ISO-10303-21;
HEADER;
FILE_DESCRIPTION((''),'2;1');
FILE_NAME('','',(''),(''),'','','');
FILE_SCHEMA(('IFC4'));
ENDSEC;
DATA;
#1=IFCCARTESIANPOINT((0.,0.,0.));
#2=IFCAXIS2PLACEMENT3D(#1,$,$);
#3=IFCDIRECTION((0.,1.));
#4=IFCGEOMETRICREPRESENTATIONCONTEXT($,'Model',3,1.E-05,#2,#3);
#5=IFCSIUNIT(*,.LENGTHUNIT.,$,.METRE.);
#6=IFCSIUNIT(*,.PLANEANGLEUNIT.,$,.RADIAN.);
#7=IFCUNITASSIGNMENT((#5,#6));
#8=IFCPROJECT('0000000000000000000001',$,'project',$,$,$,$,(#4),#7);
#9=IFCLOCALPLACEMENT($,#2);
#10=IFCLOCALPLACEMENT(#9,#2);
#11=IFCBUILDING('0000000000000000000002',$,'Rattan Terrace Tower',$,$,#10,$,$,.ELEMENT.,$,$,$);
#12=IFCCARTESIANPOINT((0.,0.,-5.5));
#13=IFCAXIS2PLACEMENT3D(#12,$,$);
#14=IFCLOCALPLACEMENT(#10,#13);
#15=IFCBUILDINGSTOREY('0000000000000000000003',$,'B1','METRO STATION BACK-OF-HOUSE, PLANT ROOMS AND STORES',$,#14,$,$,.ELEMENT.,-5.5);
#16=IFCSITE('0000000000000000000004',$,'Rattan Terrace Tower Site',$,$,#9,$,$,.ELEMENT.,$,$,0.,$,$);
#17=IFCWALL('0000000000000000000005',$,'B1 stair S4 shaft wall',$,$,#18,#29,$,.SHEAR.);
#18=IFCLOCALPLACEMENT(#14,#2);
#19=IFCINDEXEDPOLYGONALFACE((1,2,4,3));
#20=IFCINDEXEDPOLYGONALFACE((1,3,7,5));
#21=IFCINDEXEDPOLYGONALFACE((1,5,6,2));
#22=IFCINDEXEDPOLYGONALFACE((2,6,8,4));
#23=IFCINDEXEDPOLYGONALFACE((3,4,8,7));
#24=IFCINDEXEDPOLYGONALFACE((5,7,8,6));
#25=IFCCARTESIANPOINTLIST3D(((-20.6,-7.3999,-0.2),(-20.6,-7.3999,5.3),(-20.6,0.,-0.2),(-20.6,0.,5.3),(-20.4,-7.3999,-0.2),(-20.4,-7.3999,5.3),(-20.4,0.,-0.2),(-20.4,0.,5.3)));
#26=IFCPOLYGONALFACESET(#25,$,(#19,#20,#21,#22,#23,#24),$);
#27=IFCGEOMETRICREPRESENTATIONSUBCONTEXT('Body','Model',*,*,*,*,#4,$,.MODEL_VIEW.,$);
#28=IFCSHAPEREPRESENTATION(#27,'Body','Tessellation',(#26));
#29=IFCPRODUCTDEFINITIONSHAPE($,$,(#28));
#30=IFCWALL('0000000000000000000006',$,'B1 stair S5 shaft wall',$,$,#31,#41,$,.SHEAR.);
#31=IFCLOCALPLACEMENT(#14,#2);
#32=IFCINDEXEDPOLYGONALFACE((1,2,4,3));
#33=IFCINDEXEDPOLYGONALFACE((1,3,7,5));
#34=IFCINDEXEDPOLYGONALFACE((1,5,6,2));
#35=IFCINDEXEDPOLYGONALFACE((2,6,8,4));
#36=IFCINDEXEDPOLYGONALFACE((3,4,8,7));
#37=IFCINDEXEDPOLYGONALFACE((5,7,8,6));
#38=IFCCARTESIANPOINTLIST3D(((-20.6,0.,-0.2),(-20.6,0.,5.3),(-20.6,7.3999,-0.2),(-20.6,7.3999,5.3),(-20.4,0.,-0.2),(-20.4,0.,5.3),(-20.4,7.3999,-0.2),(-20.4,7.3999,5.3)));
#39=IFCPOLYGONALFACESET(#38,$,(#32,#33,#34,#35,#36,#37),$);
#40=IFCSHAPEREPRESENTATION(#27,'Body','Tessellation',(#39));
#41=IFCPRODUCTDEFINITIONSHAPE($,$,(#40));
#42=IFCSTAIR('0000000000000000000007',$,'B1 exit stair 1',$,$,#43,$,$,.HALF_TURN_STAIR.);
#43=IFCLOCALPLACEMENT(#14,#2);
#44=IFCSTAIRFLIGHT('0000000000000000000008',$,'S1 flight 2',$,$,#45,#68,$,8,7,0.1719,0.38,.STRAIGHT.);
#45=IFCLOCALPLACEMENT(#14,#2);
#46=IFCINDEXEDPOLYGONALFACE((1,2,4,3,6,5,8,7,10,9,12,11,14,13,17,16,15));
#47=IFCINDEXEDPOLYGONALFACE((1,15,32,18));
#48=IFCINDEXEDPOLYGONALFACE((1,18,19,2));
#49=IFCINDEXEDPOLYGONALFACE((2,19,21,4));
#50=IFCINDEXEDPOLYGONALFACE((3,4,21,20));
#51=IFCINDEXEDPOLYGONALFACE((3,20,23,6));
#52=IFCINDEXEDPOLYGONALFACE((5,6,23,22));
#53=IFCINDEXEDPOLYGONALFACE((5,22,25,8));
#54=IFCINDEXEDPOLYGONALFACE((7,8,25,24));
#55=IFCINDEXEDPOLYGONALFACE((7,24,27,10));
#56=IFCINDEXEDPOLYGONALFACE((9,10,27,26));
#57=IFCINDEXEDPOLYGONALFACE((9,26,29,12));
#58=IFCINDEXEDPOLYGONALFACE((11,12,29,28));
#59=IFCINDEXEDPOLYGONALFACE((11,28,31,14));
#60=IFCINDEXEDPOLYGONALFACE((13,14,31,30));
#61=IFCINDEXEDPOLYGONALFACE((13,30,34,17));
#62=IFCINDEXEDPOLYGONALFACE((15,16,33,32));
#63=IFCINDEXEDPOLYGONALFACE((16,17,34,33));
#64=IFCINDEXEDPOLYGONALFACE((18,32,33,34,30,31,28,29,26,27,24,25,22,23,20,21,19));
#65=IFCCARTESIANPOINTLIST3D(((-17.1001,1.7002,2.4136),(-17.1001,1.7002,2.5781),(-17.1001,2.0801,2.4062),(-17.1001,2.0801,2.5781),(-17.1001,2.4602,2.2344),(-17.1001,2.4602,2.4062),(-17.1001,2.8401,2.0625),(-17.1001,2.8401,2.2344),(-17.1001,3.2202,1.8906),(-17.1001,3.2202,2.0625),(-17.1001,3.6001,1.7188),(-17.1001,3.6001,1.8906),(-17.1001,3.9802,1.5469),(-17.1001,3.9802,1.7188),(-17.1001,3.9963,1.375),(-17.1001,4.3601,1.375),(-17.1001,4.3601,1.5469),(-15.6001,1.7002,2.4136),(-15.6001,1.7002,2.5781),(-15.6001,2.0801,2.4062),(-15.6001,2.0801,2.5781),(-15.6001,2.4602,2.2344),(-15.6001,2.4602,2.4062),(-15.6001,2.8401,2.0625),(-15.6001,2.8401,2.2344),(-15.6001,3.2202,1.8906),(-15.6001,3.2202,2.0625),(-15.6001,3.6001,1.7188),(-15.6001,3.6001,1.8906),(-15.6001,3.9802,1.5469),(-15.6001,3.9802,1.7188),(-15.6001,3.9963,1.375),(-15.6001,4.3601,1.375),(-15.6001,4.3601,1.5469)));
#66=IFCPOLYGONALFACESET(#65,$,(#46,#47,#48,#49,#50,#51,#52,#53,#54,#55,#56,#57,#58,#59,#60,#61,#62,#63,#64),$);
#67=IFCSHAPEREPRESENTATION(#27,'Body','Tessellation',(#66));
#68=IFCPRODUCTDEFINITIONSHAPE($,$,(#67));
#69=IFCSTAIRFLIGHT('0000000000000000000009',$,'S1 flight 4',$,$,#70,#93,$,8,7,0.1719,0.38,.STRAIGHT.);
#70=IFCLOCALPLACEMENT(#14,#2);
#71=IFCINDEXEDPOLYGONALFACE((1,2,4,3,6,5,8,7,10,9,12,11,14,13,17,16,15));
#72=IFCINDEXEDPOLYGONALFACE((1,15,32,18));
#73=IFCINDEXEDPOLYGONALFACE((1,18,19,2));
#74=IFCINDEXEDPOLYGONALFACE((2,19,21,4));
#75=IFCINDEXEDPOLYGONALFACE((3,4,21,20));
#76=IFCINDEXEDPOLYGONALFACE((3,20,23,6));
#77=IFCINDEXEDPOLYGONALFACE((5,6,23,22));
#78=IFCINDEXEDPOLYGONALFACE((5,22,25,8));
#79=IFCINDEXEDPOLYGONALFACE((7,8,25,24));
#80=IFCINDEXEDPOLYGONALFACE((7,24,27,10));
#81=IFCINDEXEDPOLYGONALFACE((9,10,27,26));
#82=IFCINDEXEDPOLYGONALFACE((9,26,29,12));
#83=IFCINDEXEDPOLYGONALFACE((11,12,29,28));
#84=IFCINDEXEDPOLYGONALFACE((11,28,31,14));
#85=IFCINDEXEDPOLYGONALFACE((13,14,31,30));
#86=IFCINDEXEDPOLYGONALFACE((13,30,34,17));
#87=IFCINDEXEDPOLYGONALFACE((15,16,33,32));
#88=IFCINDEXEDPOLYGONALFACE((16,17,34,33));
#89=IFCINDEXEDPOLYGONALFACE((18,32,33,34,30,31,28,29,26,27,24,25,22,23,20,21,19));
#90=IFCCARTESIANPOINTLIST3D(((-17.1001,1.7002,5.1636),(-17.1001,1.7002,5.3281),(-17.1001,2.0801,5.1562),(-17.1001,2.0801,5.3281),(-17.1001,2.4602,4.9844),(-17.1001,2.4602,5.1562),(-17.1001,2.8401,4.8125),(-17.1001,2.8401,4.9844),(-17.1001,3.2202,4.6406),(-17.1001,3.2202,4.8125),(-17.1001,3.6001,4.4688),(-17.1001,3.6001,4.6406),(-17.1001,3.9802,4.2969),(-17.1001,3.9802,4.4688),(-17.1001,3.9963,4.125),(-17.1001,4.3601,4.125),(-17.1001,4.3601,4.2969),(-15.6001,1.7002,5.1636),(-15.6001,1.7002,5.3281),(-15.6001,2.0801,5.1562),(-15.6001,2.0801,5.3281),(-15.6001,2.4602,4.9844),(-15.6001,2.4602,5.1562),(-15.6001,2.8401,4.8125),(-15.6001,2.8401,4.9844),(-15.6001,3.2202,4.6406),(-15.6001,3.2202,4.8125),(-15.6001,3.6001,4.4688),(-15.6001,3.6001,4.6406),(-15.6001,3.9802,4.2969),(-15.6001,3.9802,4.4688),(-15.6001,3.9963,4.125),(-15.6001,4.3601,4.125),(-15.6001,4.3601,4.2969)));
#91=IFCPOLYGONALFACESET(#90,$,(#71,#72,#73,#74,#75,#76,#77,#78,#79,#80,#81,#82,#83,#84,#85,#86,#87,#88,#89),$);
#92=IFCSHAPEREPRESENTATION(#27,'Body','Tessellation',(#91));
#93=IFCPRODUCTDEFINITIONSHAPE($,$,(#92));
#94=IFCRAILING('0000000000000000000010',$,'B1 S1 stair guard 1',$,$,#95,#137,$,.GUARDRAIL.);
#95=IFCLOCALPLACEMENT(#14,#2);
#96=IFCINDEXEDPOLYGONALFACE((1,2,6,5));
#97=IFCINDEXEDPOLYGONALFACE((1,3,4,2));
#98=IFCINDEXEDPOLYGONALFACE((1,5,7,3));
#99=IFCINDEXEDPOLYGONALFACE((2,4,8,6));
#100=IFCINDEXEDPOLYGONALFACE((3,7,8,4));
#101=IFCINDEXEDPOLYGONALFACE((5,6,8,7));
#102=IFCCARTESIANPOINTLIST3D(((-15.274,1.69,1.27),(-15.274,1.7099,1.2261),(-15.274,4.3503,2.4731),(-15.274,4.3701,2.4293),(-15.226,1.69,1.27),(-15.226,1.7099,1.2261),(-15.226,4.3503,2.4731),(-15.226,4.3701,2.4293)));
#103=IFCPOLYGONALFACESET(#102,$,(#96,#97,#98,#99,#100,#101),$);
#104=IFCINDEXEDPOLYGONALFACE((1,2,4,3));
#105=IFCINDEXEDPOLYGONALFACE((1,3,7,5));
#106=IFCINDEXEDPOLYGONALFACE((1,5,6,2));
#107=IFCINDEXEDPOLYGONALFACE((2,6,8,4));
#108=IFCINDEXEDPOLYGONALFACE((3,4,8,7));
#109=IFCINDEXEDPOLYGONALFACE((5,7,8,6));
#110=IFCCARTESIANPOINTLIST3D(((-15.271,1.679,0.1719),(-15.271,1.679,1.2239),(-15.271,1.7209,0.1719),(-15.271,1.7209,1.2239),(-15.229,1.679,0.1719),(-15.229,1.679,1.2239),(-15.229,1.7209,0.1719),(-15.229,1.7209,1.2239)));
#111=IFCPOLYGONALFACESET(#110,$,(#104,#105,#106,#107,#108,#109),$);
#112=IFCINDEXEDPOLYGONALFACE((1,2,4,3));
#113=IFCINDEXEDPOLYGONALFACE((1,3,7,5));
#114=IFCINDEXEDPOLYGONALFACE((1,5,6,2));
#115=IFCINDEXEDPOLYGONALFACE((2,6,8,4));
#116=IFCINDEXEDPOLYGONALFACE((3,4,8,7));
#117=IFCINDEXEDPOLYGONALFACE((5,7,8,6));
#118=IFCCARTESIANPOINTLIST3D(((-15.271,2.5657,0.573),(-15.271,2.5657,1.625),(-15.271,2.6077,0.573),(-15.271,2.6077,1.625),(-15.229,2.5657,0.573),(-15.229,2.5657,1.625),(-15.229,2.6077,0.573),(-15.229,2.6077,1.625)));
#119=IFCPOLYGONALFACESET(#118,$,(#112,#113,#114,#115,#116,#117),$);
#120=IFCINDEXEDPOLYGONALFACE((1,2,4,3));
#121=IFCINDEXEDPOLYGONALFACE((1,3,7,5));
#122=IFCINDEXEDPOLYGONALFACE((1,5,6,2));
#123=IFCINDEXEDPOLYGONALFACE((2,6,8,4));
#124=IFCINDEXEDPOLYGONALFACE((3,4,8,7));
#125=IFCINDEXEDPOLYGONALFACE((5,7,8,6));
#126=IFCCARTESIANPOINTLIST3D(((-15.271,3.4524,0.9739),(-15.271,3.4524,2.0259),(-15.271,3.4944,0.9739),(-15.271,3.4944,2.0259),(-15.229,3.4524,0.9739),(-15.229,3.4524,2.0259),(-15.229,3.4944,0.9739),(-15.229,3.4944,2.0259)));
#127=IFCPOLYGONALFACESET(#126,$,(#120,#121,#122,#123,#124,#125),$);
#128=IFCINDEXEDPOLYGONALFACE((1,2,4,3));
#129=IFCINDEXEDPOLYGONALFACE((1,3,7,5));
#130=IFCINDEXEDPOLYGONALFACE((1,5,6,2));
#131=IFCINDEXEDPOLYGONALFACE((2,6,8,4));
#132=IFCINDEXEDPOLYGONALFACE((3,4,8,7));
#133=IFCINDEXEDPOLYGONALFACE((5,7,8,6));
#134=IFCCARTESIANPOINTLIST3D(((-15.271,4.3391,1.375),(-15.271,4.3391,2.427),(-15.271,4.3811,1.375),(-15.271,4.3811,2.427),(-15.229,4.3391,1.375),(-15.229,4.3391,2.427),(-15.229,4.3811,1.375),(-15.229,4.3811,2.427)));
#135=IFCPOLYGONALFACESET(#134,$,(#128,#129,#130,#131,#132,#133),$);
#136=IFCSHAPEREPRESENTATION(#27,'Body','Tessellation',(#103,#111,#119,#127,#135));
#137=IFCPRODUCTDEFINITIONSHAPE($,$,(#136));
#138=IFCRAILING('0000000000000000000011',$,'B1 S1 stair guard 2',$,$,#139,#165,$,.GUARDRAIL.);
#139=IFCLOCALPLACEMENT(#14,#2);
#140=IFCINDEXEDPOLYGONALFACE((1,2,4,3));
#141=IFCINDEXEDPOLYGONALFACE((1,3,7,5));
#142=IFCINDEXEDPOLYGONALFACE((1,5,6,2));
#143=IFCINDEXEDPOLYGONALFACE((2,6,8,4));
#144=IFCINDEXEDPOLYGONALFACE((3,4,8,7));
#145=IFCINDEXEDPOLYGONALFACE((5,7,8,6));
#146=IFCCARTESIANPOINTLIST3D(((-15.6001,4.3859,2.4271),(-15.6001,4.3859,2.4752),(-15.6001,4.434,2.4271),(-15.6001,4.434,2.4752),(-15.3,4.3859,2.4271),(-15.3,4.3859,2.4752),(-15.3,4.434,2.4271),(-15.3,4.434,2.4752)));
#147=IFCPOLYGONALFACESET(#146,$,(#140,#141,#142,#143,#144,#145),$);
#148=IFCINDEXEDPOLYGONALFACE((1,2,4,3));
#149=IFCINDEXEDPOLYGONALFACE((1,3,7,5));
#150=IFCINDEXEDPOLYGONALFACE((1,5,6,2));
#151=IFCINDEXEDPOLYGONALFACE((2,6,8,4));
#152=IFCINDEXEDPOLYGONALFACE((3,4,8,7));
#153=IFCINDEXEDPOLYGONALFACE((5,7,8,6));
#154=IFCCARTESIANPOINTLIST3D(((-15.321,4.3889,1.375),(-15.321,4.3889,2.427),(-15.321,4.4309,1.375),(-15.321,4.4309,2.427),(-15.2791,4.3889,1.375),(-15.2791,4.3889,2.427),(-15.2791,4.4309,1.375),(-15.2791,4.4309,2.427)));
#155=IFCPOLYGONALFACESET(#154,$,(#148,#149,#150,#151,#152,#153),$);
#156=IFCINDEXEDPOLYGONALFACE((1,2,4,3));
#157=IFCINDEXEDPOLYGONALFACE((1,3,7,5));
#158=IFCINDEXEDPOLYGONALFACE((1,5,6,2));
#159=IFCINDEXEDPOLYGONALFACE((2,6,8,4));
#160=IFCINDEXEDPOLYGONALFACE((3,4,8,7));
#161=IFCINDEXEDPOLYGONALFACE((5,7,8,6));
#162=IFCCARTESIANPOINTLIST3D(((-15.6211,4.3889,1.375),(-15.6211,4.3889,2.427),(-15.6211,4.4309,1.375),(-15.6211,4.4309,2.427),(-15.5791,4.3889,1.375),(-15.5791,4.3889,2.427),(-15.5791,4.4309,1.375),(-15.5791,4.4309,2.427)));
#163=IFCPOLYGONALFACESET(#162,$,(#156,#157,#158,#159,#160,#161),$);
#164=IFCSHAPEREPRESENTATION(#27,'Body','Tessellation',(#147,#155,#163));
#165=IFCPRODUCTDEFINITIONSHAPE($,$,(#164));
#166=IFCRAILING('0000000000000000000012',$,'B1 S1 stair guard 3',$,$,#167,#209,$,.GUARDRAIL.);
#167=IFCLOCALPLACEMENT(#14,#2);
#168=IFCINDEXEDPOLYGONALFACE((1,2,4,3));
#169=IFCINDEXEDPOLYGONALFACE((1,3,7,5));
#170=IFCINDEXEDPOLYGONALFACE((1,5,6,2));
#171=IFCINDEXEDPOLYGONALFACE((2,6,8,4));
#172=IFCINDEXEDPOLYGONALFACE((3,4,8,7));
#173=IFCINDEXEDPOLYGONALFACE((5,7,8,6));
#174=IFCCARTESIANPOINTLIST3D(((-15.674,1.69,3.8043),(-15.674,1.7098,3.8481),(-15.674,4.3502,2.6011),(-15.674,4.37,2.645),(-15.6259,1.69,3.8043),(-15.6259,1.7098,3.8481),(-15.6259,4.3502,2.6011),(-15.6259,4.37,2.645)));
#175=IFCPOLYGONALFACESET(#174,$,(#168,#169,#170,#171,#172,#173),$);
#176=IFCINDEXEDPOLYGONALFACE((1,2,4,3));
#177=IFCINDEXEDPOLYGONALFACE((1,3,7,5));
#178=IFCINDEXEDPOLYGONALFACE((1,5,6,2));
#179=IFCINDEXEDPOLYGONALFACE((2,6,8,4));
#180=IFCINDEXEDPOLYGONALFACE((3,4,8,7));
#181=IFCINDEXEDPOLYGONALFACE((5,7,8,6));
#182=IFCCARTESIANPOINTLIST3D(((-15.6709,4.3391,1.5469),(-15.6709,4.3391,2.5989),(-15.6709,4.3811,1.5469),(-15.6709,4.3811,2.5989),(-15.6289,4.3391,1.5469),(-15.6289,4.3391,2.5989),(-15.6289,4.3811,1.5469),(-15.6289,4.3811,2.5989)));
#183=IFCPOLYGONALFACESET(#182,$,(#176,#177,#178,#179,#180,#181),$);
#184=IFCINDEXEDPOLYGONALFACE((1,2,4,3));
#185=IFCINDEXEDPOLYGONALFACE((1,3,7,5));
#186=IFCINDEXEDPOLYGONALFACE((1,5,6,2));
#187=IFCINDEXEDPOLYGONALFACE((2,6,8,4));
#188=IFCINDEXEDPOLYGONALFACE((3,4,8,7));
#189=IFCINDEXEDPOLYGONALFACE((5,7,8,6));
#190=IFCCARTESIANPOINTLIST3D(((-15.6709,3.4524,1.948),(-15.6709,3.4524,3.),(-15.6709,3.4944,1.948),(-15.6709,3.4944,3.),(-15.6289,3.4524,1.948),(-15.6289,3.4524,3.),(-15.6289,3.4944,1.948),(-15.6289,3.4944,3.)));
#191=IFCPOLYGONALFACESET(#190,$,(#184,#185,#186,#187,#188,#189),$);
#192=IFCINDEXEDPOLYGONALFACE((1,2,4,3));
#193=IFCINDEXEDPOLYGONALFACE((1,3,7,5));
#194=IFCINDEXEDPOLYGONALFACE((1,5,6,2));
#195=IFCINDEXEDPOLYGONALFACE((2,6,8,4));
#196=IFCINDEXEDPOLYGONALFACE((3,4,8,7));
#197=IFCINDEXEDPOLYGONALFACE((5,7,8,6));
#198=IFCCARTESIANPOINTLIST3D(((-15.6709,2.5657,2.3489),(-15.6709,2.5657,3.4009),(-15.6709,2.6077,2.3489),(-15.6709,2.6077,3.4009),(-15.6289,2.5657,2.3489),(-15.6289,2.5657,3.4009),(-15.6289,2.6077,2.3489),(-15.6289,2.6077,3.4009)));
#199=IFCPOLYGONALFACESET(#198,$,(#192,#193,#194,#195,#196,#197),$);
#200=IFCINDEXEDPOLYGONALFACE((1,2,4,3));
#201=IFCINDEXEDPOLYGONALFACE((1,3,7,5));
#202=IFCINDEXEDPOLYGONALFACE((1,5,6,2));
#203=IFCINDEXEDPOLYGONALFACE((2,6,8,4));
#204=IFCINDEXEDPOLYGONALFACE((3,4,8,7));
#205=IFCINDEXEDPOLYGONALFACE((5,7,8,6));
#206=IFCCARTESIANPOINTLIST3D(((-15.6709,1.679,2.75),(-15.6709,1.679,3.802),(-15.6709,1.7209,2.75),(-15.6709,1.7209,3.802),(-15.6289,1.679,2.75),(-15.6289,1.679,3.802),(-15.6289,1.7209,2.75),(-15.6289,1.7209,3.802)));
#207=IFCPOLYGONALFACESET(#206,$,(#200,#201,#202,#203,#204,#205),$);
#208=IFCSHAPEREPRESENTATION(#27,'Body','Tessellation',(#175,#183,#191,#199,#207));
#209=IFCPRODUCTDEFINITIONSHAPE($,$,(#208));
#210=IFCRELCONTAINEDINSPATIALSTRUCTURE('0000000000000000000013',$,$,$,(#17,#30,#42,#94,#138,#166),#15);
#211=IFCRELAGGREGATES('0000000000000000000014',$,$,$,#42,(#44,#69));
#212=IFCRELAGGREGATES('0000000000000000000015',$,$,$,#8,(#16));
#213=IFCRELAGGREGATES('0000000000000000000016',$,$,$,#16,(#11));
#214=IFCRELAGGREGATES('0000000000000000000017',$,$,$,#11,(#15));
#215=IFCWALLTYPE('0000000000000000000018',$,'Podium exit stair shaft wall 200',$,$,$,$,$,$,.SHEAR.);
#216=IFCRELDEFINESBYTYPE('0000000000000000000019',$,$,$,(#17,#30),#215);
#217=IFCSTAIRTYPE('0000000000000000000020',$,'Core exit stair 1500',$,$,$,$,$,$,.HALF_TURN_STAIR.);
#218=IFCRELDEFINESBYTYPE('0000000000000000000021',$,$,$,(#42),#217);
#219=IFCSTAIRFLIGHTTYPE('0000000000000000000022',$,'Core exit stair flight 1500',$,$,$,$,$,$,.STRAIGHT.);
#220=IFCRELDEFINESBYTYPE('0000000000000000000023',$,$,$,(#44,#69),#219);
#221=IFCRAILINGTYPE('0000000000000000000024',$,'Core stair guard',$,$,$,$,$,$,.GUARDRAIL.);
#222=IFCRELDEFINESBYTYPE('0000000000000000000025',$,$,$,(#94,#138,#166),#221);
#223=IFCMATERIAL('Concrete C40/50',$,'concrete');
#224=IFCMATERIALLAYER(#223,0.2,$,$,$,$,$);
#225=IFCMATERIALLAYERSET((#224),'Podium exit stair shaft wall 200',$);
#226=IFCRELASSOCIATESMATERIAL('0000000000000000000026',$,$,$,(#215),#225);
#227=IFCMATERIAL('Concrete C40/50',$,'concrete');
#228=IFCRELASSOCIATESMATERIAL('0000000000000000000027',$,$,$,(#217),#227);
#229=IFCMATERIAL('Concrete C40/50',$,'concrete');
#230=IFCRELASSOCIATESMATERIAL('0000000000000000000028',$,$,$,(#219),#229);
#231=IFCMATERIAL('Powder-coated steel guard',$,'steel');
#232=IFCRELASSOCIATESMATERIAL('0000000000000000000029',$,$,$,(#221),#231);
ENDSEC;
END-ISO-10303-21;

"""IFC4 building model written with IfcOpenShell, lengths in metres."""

from ifc_helpers import new_model, si_unit, direction, frame, frame_2d, origin, origin_2d, place, context, subcontext, project, spatial, polyline, rectangle, outline, extrude, material, layer, layer_set, type_object, element, aggregate, save


model = new_model("IFC4")

# Units and contexts
model_context = context("Model", 3, precision=1e-05, world=origin(), true_north=direction((0.0, 1.0)))
body_context = subcontext(model_context, "Body", "Model", "MODEL_VIEW")
ifc_project = project(units=[si_unit("LENGTHUNIT", "METRE"), si_unit("PLANEANGLEUNIT", "RADIAN")], contexts=[model_context])

# Site, building, storey
site_placement = place(None, origin())
site = spatial("IfcSite", under=ifc_project, at=site_placement, Name="Rattan Terrace Tower Site", CompositionType="ELEMENT", RefElevation=0.0)
building_placement = place(site_placement, origin())
building = spatial("IfcBuilding", under=site, at=building_placement, Name="Rattan Terrace Tower", CompositionType="ELEMENT")
storey_placement = place(building_placement, frame((0.0, 0.0, -5.5)))
storey = spatial("IfcBuildingStorey", under=building, at=storey_placement, Name="B1", Description="METRO STATION BACK-OF-HOUSE, PLANT ROOMS AND STORES", CompositionType="ELEMENT", Elevation=-5.5)

# Walls
ifc_material_1 = material(Name="Concrete C40/50", Category="concrete")
ifc_layer_1 = layer(ifc_material_1, 0.2)
ifc_layer_set_1 = layer_set([ifc_layer_1], Name="Podium exit stair shaft wall 200")
wall_type_1 = type_object("IfcWallType", Name="Podium exit stair shaft wall 200", PredefinedType="SHEAR", material=ifc_layer_set_1)
for number, where, z_axis, x_axis, name in (
    (1, (-20.5, 0.0, -0.2), (0.0, 0.0, 1.0), (0.0, -1.0, 0.0), "B1 stair S4 shaft wall"),
    (2, (-20.5, 7.3999, -0.2), (0.0, 0.0, 1.0), (0.0, -1.0, 0.0), "B1 stair S5 shaft wall"),
):
    element("IfcWall", number, at=place(storey_placement, frame(where, z_axis=z_axis, x_axis=x_axis)), inside=storey, type_object=wall_type_1, Name=name, PredefinedType="SHEAR", context=body_context, shape_type="SweptSolid", body=[
        extrude(rectangle(XDim=7.3999, YDim=0.2, at=frame_2d((3.7, 0.0))), origin(), (0.0, 0.0, 1.0), 5.5),
    ])

# Stair, stair flights
ifc_material_2 = material(Name="Concrete C40/50", Category="concrete")
stair_type = type_object("IfcStairType", Name="Core exit stair 1500", PredefinedType="HALF_TURN_STAIR", material=ifc_material_2)
stair_placement = place(storey_placement, origin())
stair = element("IfcStair", 3, at=stair_placement, inside=storey, type_object=stair_type, Name="B1 exit stair 1", PredefinedType="HALF_TURN_STAIR")
ifc_material_3 = material(Name="Concrete C40/50", Category="concrete")
stair_flight_type = type_object("IfcStairFlightType", Name="Core exit stair flight 1500", PredefinedType="STRAIGHT", material=ifc_material_3)
stair_flight_1_placement = place(storey_placement, frame((-16.3501, 4.3601, 1.375), z_axis=(0.0, 0.0, 1.0), x_axis=(0.0, -1.0, 0.0)))
stair_flight_1 = element("IfcStairFlight", 4, at=stair_flight_1_placement, type_object=stair_flight_type, Name="S1 flight 2", NumberOfRisers=8, NumberOfTreads=7, PredefinedType="STRAIGHT", RiserHeight=0.1719, TreadLength=0.38, context=body_context, shape_type="SweptSolid", body=[
    extrude(outline(polyline([(0.0, 0.0), (0.0, 0.1719), (0.3799, 0.1719), (0.3799, 0.3438), (0.76, 0.3438), (0.76, 0.5156), (1.1399, 0.5156), (1.1399, 0.6875), (1.52, 0.6875), (1.52, 0.8594), (1.8999, 0.8594), (1.8999, 1.0312), (2.28, 1.0312), (2.28, 1.2031), (2.6599, 1.2031), (2.6599, 1.375), (2.6599, 1.0386), (0.3638, 0.0), (0.0, 0.0)])), frame((0.0, 0.75, 0.0), z_axis=(0.0, -1.0, 0.0), x_axis=(1.0, 0.0, 0.0)), (0.0, 0.0, 1.0), 1.5),
])
stair_flight_2_placement = place(storey_placement, frame((-16.3501, 4.3601, 4.125), z_axis=(0.0, 0.0, 1.0), x_axis=(0.0, -1.0, 0.0)))
stair_flight_2 = element("IfcStairFlight", 5, at=stair_flight_2_placement, type_object=stair_flight_type, Name="S1 flight 4", NumberOfRisers=8, NumberOfTreads=7, PredefinedType="STRAIGHT", RiserHeight=0.1719, TreadLength=0.38, context=body_context, shape_type="SweptSolid", body=[
    extrude(outline(polyline([(0.0, 0.0), (0.0, 0.1719), (0.3799, 0.1719), (0.3799, 0.3438), (0.76, 0.3438), (0.76, 0.5156), (1.1399, 0.5156), (1.1399, 0.6875), (1.52, 0.6875), (1.52, 0.8594), (1.8999, 0.8594), (1.8999, 1.0312), (2.28, 1.0312), (2.28, 1.2031), (2.6599, 1.2031), (2.6599, 1.375), (2.6599, 1.0386), (0.3638, 0.0), (0.0, 0.0)])), frame((0.0, 0.75, 0.0), z_axis=(0.0, -1.0, 0.0), x_axis=(1.0, 0.0, 0.0)), (0.0, 0.0, 1.0), 1.5),
])
aggregate(stair, [stair_flight_1, stair_flight_2])

# Railings
ifc_material_4 = material(Name="Powder-coated steel guard", Category="steel")
railing_type_1 = type_object("IfcRailingType", Name="Core stair guard", PredefinedType="GUARDRAIL", material=ifc_material_4)
railing_1_placement = place(storey_placement, frame((-15.25, 1.7, 0.1719)))
element("IfcRailing", 6, at=railing_1_placement, inside=storey, type_object=railing_type_1, Name="B1 S1 stair guard 1", PredefinedType="GUARDRAIL", context=body_context, shape_type="SweptSolid", body=[
    extrude(rectangle(XDim=0.0481, YDim=0.0481, at=origin_2d()), frame((0.0, 0.0, 1.0762), z_axis=(0.0, 0.911144, 0.412089), x_axis=(-1.0, 0.0, 0.0)), (0.0, 0.0, 1.0), 2.9197),
    extrude(rectangle(XDim=0.042, YDim=0.042, at=origin_2d()), origin(), (0.0, 0.0, 1.0), 1.052),
    extrude(rectangle(XDim=0.042, YDim=0.042, at=origin_2d()), frame((0.0, 0.8867, 0.4011)), (0.0, 0.0, 1.0), 1.052),
    extrude(rectangle(XDim=0.042, YDim=0.042, at=origin_2d()), frame((0.0, 1.7734, 0.802)), (0.0, 0.0, 1.0), 1.052),
    extrude(rectangle(XDim=0.042, YDim=0.042, at=origin_2d()), frame((0.0, 2.6602, 1.2031)), (0.0, 0.0, 1.0), 1.052),
])
railing_2_placement = place(storey_placement, frame((-15.3, 4.4099, 1.375)))
element("IfcRailing", 7, at=railing_2_placement, inside=storey, type_object=railing_type_1, Name="B1 S1 stair guard 2", PredefinedType="GUARDRAIL", context=body_context, shape_type="SweptSolid", body=[
    extrude(rectangle(XDim=0.0481, YDim=0.0481, at=origin_2d()), frame((0.0, 0.0, 1.0762), z_axis=(-1.0, 0.0, 0.0), x_axis=(0.0, -1.0, 0.0)), (0.0, 0.0, 1.0), 0.3),
    extrude(rectangle(XDim=0.042, YDim=0.042, at=origin_2d()), origin(), (0.0, 0.0, 1.0), 1.052),
    extrude(rectangle(XDim=0.042, YDim=0.042, at=origin_2d()), frame((-0.3, 0.0, 0.0)), (0.0, 0.0, 1.0), 1.052),
])
railing_3_placement = place(storey_placement, frame((-15.6499, 4.3601, 1.5469)))
element("IfcRailing", 8, at=railing_3_placement, inside=storey, type_object=railing_type_1, Name="B1 S1 stair guard 3", PredefinedType="GUARDRAIL", context=body_context, shape_type="SweptSolid", body=[
    extrude(rectangle(XDim=0.0481, YDim=0.0481, at=origin_2d()), frame((0.0, 0.0, 1.0762), z_axis=(0.0, -0.911144, 0.412089), x_axis=(1.0, 0.0, 0.0)), (0.0, 0.0, 1.0), 2.9197),
    extrude(rectangle(XDim=0.042, YDim=0.042, at=origin_2d()), origin(), (0.0, 0.0, 1.0), 1.052),
    extrude(rectangle(XDim=0.042, YDim=0.042, at=origin_2d()), frame((0.0, -0.8867, 0.4011)), (0.0, 0.0, 1.0), 1.052),
    extrude(rectangle(XDim=0.042, YDim=0.042, at=origin_2d()), frame((0.0, -1.7734, 0.802)), (0.0, 0.0, 1.0), 1.052),
    extrude(rectangle(XDim=0.042, YDim=0.042, at=origin_2d()), frame((0.0, -2.6602, 1.2031)), (0.0, 0.0, 1.0), 1.052),
])

save(model, "model.ifc")
